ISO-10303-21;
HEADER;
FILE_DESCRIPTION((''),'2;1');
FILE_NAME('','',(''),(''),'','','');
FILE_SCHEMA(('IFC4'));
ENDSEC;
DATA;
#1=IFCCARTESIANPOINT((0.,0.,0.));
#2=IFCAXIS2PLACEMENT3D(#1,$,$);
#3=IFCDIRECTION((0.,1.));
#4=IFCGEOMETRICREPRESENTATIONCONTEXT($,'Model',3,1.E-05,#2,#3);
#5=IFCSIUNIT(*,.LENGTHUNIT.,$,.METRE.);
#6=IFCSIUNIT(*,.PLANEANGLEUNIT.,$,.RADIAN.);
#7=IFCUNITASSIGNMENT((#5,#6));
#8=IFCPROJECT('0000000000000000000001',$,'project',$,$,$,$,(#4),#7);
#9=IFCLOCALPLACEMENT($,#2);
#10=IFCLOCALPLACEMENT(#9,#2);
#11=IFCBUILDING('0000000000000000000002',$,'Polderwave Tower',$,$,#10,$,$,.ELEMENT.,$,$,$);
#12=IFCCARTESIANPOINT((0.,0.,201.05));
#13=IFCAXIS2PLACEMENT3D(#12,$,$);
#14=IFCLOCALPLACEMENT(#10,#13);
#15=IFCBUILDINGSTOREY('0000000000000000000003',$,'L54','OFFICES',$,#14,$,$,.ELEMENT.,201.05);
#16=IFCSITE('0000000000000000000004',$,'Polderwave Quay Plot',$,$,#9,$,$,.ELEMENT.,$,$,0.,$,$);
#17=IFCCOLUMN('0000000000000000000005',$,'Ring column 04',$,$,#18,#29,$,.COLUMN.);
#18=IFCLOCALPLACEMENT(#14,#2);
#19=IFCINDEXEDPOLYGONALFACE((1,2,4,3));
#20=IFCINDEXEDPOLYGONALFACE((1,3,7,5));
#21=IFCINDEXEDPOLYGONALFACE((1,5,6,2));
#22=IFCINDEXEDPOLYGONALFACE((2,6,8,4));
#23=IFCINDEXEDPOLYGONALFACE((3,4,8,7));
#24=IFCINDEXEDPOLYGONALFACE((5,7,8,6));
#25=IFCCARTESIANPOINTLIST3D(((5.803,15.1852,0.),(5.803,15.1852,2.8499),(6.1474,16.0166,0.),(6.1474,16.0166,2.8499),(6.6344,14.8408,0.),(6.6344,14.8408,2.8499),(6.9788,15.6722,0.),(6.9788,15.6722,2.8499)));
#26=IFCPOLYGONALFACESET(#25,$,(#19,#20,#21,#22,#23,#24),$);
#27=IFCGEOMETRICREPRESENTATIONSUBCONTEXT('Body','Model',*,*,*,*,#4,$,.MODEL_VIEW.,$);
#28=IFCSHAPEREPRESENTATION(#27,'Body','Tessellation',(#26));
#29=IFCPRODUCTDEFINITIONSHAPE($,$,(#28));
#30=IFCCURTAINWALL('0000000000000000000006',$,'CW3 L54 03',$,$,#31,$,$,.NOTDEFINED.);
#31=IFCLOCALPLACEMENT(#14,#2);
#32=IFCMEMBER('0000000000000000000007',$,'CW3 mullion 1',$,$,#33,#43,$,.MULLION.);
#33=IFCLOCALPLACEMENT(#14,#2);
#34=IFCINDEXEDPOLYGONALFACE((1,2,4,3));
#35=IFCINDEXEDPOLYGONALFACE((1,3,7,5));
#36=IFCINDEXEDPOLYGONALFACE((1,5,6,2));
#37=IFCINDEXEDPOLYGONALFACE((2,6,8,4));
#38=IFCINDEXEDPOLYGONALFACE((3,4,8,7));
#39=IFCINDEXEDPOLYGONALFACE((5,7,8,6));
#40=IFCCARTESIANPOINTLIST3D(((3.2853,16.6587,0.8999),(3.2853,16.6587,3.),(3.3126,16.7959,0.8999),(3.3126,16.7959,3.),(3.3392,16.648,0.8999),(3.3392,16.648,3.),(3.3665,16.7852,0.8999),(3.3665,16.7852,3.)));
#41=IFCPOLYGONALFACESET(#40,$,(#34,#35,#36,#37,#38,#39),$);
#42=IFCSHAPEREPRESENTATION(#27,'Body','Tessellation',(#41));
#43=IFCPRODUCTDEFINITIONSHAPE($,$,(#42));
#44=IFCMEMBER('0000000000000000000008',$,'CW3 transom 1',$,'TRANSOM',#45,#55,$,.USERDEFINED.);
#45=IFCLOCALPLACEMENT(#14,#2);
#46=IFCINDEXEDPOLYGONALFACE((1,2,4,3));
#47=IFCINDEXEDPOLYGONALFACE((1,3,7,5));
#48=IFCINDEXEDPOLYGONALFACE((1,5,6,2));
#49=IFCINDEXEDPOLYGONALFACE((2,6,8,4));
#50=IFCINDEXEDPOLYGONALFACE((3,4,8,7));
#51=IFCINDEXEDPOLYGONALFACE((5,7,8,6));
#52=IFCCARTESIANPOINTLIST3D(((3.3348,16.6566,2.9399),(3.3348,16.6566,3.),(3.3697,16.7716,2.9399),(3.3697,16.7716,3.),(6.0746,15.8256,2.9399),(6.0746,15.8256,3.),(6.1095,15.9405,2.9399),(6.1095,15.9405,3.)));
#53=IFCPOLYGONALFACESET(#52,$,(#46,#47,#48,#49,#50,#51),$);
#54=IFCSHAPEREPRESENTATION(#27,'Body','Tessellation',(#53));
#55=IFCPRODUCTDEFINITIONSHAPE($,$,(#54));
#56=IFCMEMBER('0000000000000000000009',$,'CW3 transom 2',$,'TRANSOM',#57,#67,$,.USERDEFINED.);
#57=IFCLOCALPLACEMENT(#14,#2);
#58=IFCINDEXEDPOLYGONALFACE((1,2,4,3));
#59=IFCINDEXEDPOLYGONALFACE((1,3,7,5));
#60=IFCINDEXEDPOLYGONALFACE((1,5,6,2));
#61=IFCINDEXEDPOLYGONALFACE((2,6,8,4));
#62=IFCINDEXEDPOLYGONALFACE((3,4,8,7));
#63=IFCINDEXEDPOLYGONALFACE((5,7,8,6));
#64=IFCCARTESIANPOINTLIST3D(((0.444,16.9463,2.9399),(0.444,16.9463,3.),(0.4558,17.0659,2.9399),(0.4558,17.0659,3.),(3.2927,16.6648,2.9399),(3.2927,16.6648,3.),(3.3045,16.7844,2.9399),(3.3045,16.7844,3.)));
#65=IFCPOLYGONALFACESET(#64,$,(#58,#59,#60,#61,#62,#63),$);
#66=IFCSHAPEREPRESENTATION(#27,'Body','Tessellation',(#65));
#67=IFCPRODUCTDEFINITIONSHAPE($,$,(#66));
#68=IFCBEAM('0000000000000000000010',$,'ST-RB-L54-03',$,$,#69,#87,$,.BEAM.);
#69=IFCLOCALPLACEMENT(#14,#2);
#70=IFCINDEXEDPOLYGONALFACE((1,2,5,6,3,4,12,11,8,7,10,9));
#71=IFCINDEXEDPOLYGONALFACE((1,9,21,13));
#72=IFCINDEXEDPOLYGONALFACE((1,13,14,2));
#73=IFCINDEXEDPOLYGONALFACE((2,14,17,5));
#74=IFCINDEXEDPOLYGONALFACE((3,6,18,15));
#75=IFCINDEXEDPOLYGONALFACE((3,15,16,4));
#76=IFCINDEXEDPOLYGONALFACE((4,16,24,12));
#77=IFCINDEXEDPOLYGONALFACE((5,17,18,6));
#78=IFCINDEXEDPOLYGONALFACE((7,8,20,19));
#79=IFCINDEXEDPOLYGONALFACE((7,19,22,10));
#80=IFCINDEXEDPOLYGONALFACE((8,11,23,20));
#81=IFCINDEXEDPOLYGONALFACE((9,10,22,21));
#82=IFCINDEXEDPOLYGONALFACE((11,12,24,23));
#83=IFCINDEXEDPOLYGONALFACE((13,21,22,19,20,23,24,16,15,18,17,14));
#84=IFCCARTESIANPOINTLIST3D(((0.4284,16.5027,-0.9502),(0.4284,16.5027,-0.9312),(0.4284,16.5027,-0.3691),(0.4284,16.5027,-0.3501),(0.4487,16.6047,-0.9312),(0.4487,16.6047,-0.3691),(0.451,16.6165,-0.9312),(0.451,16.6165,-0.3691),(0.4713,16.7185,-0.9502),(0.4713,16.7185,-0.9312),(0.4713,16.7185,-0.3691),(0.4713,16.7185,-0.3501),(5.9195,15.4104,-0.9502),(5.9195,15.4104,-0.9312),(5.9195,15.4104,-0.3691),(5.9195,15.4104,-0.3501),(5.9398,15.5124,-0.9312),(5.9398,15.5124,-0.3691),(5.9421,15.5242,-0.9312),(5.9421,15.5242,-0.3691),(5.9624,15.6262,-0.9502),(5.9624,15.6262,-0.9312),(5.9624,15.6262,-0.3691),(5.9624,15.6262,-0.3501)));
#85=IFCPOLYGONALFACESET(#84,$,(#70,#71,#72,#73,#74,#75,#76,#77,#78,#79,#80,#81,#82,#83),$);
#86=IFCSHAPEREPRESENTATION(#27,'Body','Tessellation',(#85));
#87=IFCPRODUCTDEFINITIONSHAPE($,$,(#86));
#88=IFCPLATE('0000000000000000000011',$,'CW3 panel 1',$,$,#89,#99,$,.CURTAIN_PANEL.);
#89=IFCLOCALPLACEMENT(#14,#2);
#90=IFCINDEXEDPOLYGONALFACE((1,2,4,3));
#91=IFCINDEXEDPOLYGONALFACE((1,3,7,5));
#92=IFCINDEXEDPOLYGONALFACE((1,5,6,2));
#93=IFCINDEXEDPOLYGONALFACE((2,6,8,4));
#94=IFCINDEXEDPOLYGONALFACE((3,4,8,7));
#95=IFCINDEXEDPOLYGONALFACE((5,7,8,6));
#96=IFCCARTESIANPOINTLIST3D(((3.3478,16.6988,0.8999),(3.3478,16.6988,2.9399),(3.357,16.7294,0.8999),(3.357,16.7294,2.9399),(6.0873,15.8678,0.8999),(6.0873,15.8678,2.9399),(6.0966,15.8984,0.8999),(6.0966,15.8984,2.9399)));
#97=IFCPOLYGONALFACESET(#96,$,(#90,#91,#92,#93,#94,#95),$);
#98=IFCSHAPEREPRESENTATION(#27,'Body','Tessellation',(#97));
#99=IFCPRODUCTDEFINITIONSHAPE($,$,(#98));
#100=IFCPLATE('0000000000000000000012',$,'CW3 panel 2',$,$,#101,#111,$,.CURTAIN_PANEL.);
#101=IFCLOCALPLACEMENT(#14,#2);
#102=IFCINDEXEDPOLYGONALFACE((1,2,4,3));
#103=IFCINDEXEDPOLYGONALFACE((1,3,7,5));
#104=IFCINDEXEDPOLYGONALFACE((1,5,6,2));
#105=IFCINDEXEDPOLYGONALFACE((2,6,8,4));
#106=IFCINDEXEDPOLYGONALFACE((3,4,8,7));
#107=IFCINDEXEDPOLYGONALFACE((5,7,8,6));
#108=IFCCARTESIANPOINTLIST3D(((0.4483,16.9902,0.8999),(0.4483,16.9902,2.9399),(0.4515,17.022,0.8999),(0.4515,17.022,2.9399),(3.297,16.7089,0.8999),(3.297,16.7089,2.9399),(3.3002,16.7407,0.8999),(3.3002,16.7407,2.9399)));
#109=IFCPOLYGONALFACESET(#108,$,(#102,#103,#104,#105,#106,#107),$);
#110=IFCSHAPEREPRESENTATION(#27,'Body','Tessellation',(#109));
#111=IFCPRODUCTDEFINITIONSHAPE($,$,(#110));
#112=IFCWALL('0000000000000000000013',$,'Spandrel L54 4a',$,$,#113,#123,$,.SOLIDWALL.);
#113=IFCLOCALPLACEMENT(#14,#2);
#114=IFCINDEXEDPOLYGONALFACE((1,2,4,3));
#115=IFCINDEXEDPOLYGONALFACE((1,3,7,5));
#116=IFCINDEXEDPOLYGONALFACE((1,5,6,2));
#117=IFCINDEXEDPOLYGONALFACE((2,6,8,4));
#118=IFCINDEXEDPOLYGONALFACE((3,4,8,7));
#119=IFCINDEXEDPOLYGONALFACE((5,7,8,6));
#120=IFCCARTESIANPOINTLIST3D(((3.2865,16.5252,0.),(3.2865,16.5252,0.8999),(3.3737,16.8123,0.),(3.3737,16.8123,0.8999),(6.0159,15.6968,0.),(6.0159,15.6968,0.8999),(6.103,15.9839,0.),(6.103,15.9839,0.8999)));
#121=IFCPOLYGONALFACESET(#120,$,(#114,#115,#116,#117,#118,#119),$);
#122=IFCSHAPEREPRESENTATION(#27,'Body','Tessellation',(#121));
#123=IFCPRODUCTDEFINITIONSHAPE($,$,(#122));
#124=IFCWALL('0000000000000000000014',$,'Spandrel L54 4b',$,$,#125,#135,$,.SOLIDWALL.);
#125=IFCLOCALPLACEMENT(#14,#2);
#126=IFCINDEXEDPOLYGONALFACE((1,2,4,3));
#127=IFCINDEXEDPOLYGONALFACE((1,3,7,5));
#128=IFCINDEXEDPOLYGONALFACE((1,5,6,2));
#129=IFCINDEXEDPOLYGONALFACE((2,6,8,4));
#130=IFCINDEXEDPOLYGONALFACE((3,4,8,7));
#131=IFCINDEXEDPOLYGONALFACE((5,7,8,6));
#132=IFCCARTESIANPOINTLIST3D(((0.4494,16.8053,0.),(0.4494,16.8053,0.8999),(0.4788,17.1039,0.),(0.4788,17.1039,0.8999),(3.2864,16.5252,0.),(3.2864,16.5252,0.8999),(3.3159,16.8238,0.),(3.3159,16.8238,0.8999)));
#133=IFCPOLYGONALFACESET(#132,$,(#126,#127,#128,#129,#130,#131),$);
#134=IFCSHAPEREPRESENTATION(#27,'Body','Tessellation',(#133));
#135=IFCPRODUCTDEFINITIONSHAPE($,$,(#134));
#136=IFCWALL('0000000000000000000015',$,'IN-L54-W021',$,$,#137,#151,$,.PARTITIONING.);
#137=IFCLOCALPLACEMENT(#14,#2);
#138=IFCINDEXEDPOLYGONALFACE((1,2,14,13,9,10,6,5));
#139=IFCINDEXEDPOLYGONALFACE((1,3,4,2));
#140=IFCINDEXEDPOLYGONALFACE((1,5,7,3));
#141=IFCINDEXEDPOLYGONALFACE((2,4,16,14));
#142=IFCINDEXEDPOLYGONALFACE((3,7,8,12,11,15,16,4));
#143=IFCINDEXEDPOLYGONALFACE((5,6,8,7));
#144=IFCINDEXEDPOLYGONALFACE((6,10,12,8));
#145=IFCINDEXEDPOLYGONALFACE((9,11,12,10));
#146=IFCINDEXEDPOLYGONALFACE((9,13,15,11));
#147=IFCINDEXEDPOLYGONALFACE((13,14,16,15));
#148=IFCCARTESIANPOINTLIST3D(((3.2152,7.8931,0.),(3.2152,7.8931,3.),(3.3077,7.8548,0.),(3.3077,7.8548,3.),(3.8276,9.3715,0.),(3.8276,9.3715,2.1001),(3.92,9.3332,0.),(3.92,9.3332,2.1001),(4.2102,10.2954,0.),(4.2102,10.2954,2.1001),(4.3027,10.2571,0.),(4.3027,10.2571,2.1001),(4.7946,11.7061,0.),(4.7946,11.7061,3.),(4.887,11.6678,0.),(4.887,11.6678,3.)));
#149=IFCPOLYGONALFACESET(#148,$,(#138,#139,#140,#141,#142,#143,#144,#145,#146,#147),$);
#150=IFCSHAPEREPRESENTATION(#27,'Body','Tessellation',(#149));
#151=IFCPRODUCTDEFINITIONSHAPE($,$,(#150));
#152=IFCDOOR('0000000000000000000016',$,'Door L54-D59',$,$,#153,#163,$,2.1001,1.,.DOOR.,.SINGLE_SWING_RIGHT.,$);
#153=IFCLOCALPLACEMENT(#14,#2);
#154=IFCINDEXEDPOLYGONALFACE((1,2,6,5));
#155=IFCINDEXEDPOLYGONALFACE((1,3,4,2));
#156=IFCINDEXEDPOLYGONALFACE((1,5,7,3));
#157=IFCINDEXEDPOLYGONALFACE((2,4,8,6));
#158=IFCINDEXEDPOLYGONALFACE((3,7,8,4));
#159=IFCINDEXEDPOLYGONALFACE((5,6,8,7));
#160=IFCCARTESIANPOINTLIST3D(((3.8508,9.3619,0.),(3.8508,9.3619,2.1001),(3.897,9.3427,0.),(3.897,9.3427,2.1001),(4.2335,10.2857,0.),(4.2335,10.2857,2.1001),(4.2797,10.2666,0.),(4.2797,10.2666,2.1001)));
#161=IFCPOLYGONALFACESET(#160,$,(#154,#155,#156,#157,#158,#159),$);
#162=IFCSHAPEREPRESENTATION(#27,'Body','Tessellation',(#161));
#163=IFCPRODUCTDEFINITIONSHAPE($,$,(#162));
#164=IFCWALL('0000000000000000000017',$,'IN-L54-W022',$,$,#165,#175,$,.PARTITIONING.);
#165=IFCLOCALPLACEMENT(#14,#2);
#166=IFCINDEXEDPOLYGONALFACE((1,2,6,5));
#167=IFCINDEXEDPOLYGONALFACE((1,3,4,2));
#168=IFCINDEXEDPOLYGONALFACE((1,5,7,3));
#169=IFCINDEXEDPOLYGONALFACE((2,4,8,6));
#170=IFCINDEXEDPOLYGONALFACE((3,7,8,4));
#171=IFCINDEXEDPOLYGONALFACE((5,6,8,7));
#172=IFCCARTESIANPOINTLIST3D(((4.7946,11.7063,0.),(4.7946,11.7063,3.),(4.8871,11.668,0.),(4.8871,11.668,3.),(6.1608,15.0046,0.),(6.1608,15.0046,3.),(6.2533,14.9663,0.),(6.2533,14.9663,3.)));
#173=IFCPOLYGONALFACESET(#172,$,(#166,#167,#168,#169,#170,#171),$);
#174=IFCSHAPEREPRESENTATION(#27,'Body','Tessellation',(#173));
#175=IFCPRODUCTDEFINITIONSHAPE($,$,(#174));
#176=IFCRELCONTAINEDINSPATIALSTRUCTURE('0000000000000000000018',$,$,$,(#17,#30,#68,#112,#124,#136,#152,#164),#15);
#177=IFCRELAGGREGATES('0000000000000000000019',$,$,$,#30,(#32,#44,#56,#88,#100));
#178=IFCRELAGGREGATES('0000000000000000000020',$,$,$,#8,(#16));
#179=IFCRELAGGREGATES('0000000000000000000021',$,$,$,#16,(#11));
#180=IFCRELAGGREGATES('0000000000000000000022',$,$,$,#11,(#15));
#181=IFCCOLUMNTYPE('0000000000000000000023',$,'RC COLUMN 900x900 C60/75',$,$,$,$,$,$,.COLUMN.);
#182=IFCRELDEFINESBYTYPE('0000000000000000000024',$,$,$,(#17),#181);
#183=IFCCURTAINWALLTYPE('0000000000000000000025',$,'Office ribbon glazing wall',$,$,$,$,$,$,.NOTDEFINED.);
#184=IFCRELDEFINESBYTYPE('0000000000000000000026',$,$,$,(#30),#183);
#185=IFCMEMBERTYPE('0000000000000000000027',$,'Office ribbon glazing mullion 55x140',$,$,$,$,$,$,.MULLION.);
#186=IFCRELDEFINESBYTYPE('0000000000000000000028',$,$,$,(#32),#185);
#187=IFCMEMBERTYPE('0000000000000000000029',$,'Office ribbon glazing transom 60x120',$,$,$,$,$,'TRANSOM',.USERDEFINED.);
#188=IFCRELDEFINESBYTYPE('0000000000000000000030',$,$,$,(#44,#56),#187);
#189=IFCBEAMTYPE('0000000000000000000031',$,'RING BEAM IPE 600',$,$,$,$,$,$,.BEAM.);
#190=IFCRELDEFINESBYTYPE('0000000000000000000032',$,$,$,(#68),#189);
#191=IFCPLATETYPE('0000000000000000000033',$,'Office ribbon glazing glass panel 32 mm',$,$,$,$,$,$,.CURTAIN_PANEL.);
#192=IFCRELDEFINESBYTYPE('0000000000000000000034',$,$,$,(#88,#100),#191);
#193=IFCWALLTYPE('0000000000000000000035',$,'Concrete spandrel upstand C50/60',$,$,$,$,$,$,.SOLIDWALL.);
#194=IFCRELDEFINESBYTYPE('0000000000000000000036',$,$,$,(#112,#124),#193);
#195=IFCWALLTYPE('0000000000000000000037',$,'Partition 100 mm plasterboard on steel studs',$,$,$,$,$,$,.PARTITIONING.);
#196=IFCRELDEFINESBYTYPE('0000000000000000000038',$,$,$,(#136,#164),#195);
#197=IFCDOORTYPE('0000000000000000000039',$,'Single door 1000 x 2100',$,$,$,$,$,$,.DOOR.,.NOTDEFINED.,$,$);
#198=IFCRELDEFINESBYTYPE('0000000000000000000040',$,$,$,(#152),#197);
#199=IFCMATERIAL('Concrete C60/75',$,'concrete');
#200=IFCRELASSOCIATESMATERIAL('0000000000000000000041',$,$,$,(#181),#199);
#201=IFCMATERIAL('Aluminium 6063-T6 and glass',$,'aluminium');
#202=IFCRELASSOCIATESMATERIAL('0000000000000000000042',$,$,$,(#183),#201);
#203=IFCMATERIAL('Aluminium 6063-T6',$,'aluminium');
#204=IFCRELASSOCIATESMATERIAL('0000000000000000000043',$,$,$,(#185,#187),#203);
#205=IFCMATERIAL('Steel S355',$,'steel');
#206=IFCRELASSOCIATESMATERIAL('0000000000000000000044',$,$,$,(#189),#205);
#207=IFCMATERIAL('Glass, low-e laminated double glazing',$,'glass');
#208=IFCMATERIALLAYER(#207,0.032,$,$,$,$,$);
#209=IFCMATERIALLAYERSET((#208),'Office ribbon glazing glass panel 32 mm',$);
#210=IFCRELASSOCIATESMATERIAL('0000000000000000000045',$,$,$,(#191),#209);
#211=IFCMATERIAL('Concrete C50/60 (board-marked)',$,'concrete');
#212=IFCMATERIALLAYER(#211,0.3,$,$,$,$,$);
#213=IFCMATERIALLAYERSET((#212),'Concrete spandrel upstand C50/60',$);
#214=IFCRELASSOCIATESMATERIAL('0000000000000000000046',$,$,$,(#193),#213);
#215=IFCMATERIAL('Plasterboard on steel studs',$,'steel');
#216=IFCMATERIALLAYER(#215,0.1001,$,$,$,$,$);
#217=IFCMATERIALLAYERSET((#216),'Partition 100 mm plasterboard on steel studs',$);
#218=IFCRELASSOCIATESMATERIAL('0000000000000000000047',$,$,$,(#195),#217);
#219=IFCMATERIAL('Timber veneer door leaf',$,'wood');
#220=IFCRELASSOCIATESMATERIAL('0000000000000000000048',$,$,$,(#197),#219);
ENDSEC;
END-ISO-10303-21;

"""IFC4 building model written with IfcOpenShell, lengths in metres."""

from ifc_helpers import new_model, si_unit, direction, frame, frame_2d, origin, origin_2d, place, context, subcontext, project, spatial, rectangle, i_section, extrude, material, layer, layer_set, material_profile, profile_set, type_object, element, fill, aggregate, save


model = new_model("IFC4")

# Units and contexts
model_context = context("Model", 3, precision=1e-05, world=origin(), true_north=direction((0.0, 1.0)))
body_context = subcontext(model_context, "Body", "Model", "MODEL_VIEW")
ifc_project = project(units=[si_unit("LENGTHUNIT", "METRE"), si_unit("PLANEANGLEUNIT", "RADIAN")], contexts=[model_context])

# Site, building, storey
site_placement = place(None, origin())
site = spatial("IfcSite", under=ifc_project, at=site_placement, Name="Polderwave Quay Plot", CompositionType="ELEMENT", RefElevation=0.0)
building_placement = place(site_placement, origin())
building = spatial("IfcBuilding", under=site, at=building_placement, Name="Polderwave Tower", CompositionType="ELEMENT")
storey_placement = place(building_placement, frame((0.0, 0.0, 201.05)))
storey = spatial("IfcBuildingStorey", under=building, at=storey_placement, Name="L54", Description="OFFICES", CompositionType="ELEMENT", Elevation=201.05)

# Column
ifc_material_1 = material(Name="Concrete C60/75", Category="concrete")
ifc_material_profile_1 = material_profile(ifc_material_1, rectangle(XDim=0.8999, YDim=0.8999, at=origin_2d()), Name="RC 900x900")
ifc_profile_set_1 = profile_set([ifc_material_profile_1], Name="Concrete C60/75")
column_type = type_object("IfcColumnType", Name="RC COLUMN 900x900 C60/75", PredefinedType="COLUMN", material=ifc_profile_set_1)
column_placement = place(storey_placement, frame((6.3909, 15.4287, 0.0), z_axis=(0.0, 0.0, 1.0), x_axis=(0.382683, 0.92388, 0.0)))
element("IfcColumn", 1, at=column_placement, inside=storey, type_object=column_type, Name="Ring column 04", PredefinedType="COLUMN", context=body_context, shape_type="SweptSolid", body=[
    extrude(rectangle(XDim=0.8999, YDim=0.8999, at=origin_2d()), origin(), (0.0, 0.0, 1.0), 2.8499),
])

# Curtain wall, members
ifc_material_2 = material(Name="Aluminium 6063-T6 and glass", Category="aluminium")
curtain_wall_type = type_object("IfcCurtainWallType", Name="Office ribbon glazing wall", PredefinedType="NOTDEFINED", material=ifc_material_2)
curtain_wall_placement = place(storey_placement, origin())
curtain_wall = element("IfcCurtainWall", 2, at=curtain_wall_placement, inside=storey, type_object=curtain_wall_type, Name="CW3 L54 03", PredefinedType="NOTDEFINED")
ifc_material_3 = material(Name="Aluminium 6063-T6", Category="aluminium")
ifc_material_profile_2 = material_profile(ifc_material_3, rectangle(XDim=0.1399, YDim=0.0549, at=origin_2d()), Name="AL 55x140")
ifc_profile_set_2 = profile_set([ifc_material_profile_2], Name="Aluminium 6063-T6")
member_type_1 = type_object("IfcMemberType", Name="Office ribbon glazing mullion 55x140", PredefinedType="MULLION", material=ifc_profile_set_2)
member_1_placement = place(storey_placement, frame((3.3259, 16.7219, 0.8999), z_axis=(0.0, 0.0, 1.0), x_axis=(-0.195205, -0.980762, 0.0)))
member_1 = element("IfcMember", 3, at=member_1_placement, type_object=member_type_1, Name="CW3 mullion 1", PredefinedType="MULLION", context=body_context, shape_type="SweptSolid", body=[
    extrude(rectangle(XDim=0.1399, YDim=0.0549, at=origin_2d()), origin(), (0.0, 0.0, 1.0), 2.1001),
])
ifc_material_profile_3 = material_profile(ifc_material_3, rectangle(XDim=0.1201, YDim=0.0601, at=origin_2d()), Name="AL 60x120")
ifc_profile_set_3 = profile_set([ifc_material_profile_3], Name="Aluminium 6063-T6")
member_type_2 = type_object("IfcMemberType", Name="Office ribbon glazing transom 60x120", ElementType="TRANSOM", PredefinedType="USERDEFINED", material=ifc_profile_set_3)
member_2_placement = place(storey_placement, frame((6.092, 15.8831, 2.97), z_axis=(-0.956944, 0.290272, 0.0), x_axis=(-0.290272, -0.956944, 0.0)))
member_2 = element("IfcMember", 4, at=member_2_placement, type_object=member_type_2, Name="CW3 transom 1", ObjectType="TRANSOM", PredefinedType="USERDEFINED", context=body_context, shape_type="SweptSolid", body=[
    extrude(rectangle(XDim=0.1201, YDim=0.0601, at=origin_2d()), origin(), (0.0, 0.0, 1.0), 2.863),
])
member_3_placement = place(storey_placement, frame((3.2986, 16.7246, 2.97), z_axis=(-0.995153, 0.098338, 0.0), x_axis=(-0.098338, -0.995153, 0.0)))
member_3 = element("IfcMember", 5, at=member_3_placement, type_object=member_type_2, Name="CW3 transom 2", ObjectType="TRANSOM", PredefinedType="USERDEFINED", context=body_context, shape_type="SweptSolid", body=[
    extrude(rectangle(XDim=0.1201, YDim=0.0601, at=origin_2d()), origin(), (0.0, 0.0, 1.0), 2.8625),
])

# Beam
ifc_material_4 = material(Name="Steel S355", Category="steel")
ifc_material_profile_4 = material_profile(ifc_material_4, i_section(OverallWidth=0.22, OverallDepth=0.6001, WebThickness=0.012, FlangeThickness=0.019, at=origin_2d()), Name="IPE 600")
ifc_profile_set_4 = profile_set([ifc_material_profile_4], Name="Steel S355")
beam_type = type_object("IfcBeamType", Name="RING BEAM IPE 600", PredefinedType="BEAM", material=ifc_profile_set_4)
beam_placement = place(storey_placement, frame((5.9409, 15.5183, -0.6501), z_axis=(-0.980783, 0.195101, 0.0), x_axis=(-0.195101, -0.980783, 0.0)))
element("IfcBeam", 6, at=beam_placement, inside=storey, type_object=beam_type, Name="ST-RB-L54-03", PredefinedType="BEAM", context=body_context, shape_type="SweptSolid", body=[
    extrude(i_section(OverallWidth=0.22, OverallDepth=0.6001, WebThickness=0.012, FlangeThickness=0.019, at=origin_2d()), origin(), (0.0, 0.0, 1.0), 5.5986),
])

# Plates
ifc_material_5 = material(Name="Glass, low-e laminated double glazing", Category="glass")
ifc_layer_1 = layer(ifc_material_5, 0.032)
ifc_layer_set_1 = layer_set([ifc_layer_1], Name="Office ribbon glazing glass panel 32 mm")
plate_type = type_object("IfcPlateType", Name="Office ribbon glazing glass panel 32 mm", PredefinedType="CURTAIN_PANEL", material=ifc_layer_set_1)
plate_1_placement = place(storey_placement, frame((4.7222, 16.2986, 0.8999), z_axis=(0.0, 0.0, 1.0), x_axis=(-0.956946, 0.290266, 0.0)))
plate_1 = element("IfcPlate", 7, at=plate_1_placement, type_object=plate_type, Name="CW3 panel 1", PredefinedType="CURTAIN_PANEL", context=body_context, shape_type="SweptSolid", body=[
    extrude(rectangle(XDim=2.8628, YDim=0.032, at=origin_2d()), origin(), (0.0, 0.0, 1.0), 2.04),
])
plate_2_placement = place(storey_placement, frame((1.8743, 16.8655, 0.8999), z_axis=(0.0, 0.0, 1.0), x_axis=(-0.99516, 0.098271, 0.0)))
plate_2 = element("IfcPlate", 8, at=plate_2_placement, type_object=plate_type, Name="CW3 panel 2", PredefinedType="CURTAIN_PANEL", context=body_context, shape_type="SweptSolid", body=[
    extrude(rectangle(XDim=2.8625, YDim=0.032, at=origin_2d()), origin(), (0.0, 0.0, 1.0), 2.04),
])
aggregate(curtain_wall, [member_1, member_2, member_3, plate_1, plate_2])

# Walls
ifc_material_6 = material(Name="Concrete C50/60 (board-marked)", Category="concrete")
ifc_layer_2 = layer(ifc_material_6, 0.3)
ifc_layer_set_2 = layer_set([ifc_layer_2], Name="Concrete spandrel upstand C50/60")
wall_type_1 = type_object("IfcWallType", Name="Concrete spandrel upstand C50/60", PredefinedType="SOLIDWALL", material=ifc_layer_set_2)
wall_1_placement = place(storey_placement, frame((6.0596, 15.8403, 0.0), z_axis=(0.0, 0.0, 1.0), x_axis=(-0.956895, 0.290433, 0.0)))
element("IfcWall", 9, at=wall_1_placement, inside=storey, type_object=wall_type_1, Name="Spandrel L54 4a", PredefinedType="SOLIDWALL", context=body_context, shape_type="SweptSolid", body=[
    extrude(rectangle(XDim=2.8523, YDim=0.3, at=frame_2d((1.4263, 0.0))), origin(), (0.0, 0.0, 1.0), 0.8999),
])
wall_2_placement = place(storey_placement, frame((3.301, 16.6746, 0.0), z_axis=(0.0, 0.0, 1.0), x_axis=(-0.995164, 0.098223, 0.0)))
element("IfcWall", 10, at=wall_2_placement, inside=storey, type_object=wall_type_1, Name="Spandrel L54 4b", PredefinedType="SOLIDWALL", context=body_context, shape_type="SweptSolid", body=[
    extrude(rectangle(XDim=2.8508, YDim=0.3, at=frame_2d((1.4253, 0.0))), origin(), (0.0, 0.0, 1.0), 0.8999),
])

# Wall, opening, door
ifc_material_7 = material(Name="Plasterboard on steel studs", Category="steel")
ifc_layer_3 = layer(ifc_material_7, 0.1001)
ifc_layer_set_3 = layer_set([ifc_layer_3], Name="Partition 100 mm plasterboard on steel studs")
wall_type_2 = type_object("IfcWallType", Name="Partition 100 mm plasterboard on steel studs", PredefinedType="PARTITIONING", material=ifc_layer_set_3)
wall_3_placement = place(storey_placement, frame((3.2615, 7.874, 0.0), z_axis=(0.0, 0.0, 1.0), x_axis=(0.382674, 0.923883, 0.0)))
wall_3 = element("IfcWall", 11, at=wall_3_placement, inside=storey, type_object=wall_type_2, Name="IN-L54-W021", PredefinedType="PARTITIONING", context=body_context, shape_type="SweptSolid", body=[
    extrude(rectangle(XDim=4.1272, YDim=0.1001, at=frame_2d((2.0635, 0.0))), origin(), (0.0, 0.0, 1.0), 3.0),
])
opening_1_placement = place(wall_3_placement, frame((1.6001, 0.0, 0.0)))
opening_1 = element("IfcOpeningElement", 12, at=opening_1_placement, cuts=wall_3, PredefinedType="OPENING", context=body_context, shape_type="SweptSolid", body=[
    extrude(rectangle(XDim=1.0, YDim=2.1001, at=frame_2d((0.5, 1.05))), frame((0.0, 0.0601, 0.0), z_axis=(0.0, -1.0, 0.0), x_axis=(1.0, 0.0, 0.0)), (0.0, 0.0, 1.0), 0.1201),
])
ifc_material_8 = material(Name="Timber veneer door leaf", Category="wood")
door_type = type_object("IfcDoorType", Name="Single door 1000 x 2100", OperationType="NOTDEFINED", PredefinedType="DOOR", material=ifc_material_8)
door_1_placement = place(opening_1_placement, origin())
door_1 = element("IfcDoor", 13, at=door_1_placement, inside=storey, type_object=door_type, Name="Door L54-D59", OperationType="SINGLE_SWING_RIGHT", OverallHeight=2.1001, OverallWidth=1.0, PredefinedType="DOOR", context=body_context, shape_type="SweptSolid", body=[
    extrude(rectangle(XDim=1.0, YDim=2.1001, at=frame_2d((0.5, 1.05))), frame((0.0, 0.0249, 0.0), z_axis=(0.0, -1.0, 0.0), x_axis=(1.0, 0.0, 0.0)), (0.0, 0.0, 1.0), 0.05),
])
fill(opening_1, door_1)

# Wall
wall_4_placement = place(storey_placement, frame((4.8408, 11.687, 0.0), z_axis=(0.0, 0.0, 1.0), x_axis=(0.382682, 0.92388, 0.0)))
element("IfcWall", 14, at=wall_4_placement, inside=storey, type_object=wall_type_2, Name="IN-L54-W022", PredefinedType="PARTITIONING", context=body_context, shape_type="SweptSolid", body=[
    extrude(rectangle(XDim=3.5701, YDim=0.1001, at=frame_2d((1.7852, 0.0))), origin(), (0.0, 0.0, 1.0), 3.0),
])

save(model, "model.ifc")
